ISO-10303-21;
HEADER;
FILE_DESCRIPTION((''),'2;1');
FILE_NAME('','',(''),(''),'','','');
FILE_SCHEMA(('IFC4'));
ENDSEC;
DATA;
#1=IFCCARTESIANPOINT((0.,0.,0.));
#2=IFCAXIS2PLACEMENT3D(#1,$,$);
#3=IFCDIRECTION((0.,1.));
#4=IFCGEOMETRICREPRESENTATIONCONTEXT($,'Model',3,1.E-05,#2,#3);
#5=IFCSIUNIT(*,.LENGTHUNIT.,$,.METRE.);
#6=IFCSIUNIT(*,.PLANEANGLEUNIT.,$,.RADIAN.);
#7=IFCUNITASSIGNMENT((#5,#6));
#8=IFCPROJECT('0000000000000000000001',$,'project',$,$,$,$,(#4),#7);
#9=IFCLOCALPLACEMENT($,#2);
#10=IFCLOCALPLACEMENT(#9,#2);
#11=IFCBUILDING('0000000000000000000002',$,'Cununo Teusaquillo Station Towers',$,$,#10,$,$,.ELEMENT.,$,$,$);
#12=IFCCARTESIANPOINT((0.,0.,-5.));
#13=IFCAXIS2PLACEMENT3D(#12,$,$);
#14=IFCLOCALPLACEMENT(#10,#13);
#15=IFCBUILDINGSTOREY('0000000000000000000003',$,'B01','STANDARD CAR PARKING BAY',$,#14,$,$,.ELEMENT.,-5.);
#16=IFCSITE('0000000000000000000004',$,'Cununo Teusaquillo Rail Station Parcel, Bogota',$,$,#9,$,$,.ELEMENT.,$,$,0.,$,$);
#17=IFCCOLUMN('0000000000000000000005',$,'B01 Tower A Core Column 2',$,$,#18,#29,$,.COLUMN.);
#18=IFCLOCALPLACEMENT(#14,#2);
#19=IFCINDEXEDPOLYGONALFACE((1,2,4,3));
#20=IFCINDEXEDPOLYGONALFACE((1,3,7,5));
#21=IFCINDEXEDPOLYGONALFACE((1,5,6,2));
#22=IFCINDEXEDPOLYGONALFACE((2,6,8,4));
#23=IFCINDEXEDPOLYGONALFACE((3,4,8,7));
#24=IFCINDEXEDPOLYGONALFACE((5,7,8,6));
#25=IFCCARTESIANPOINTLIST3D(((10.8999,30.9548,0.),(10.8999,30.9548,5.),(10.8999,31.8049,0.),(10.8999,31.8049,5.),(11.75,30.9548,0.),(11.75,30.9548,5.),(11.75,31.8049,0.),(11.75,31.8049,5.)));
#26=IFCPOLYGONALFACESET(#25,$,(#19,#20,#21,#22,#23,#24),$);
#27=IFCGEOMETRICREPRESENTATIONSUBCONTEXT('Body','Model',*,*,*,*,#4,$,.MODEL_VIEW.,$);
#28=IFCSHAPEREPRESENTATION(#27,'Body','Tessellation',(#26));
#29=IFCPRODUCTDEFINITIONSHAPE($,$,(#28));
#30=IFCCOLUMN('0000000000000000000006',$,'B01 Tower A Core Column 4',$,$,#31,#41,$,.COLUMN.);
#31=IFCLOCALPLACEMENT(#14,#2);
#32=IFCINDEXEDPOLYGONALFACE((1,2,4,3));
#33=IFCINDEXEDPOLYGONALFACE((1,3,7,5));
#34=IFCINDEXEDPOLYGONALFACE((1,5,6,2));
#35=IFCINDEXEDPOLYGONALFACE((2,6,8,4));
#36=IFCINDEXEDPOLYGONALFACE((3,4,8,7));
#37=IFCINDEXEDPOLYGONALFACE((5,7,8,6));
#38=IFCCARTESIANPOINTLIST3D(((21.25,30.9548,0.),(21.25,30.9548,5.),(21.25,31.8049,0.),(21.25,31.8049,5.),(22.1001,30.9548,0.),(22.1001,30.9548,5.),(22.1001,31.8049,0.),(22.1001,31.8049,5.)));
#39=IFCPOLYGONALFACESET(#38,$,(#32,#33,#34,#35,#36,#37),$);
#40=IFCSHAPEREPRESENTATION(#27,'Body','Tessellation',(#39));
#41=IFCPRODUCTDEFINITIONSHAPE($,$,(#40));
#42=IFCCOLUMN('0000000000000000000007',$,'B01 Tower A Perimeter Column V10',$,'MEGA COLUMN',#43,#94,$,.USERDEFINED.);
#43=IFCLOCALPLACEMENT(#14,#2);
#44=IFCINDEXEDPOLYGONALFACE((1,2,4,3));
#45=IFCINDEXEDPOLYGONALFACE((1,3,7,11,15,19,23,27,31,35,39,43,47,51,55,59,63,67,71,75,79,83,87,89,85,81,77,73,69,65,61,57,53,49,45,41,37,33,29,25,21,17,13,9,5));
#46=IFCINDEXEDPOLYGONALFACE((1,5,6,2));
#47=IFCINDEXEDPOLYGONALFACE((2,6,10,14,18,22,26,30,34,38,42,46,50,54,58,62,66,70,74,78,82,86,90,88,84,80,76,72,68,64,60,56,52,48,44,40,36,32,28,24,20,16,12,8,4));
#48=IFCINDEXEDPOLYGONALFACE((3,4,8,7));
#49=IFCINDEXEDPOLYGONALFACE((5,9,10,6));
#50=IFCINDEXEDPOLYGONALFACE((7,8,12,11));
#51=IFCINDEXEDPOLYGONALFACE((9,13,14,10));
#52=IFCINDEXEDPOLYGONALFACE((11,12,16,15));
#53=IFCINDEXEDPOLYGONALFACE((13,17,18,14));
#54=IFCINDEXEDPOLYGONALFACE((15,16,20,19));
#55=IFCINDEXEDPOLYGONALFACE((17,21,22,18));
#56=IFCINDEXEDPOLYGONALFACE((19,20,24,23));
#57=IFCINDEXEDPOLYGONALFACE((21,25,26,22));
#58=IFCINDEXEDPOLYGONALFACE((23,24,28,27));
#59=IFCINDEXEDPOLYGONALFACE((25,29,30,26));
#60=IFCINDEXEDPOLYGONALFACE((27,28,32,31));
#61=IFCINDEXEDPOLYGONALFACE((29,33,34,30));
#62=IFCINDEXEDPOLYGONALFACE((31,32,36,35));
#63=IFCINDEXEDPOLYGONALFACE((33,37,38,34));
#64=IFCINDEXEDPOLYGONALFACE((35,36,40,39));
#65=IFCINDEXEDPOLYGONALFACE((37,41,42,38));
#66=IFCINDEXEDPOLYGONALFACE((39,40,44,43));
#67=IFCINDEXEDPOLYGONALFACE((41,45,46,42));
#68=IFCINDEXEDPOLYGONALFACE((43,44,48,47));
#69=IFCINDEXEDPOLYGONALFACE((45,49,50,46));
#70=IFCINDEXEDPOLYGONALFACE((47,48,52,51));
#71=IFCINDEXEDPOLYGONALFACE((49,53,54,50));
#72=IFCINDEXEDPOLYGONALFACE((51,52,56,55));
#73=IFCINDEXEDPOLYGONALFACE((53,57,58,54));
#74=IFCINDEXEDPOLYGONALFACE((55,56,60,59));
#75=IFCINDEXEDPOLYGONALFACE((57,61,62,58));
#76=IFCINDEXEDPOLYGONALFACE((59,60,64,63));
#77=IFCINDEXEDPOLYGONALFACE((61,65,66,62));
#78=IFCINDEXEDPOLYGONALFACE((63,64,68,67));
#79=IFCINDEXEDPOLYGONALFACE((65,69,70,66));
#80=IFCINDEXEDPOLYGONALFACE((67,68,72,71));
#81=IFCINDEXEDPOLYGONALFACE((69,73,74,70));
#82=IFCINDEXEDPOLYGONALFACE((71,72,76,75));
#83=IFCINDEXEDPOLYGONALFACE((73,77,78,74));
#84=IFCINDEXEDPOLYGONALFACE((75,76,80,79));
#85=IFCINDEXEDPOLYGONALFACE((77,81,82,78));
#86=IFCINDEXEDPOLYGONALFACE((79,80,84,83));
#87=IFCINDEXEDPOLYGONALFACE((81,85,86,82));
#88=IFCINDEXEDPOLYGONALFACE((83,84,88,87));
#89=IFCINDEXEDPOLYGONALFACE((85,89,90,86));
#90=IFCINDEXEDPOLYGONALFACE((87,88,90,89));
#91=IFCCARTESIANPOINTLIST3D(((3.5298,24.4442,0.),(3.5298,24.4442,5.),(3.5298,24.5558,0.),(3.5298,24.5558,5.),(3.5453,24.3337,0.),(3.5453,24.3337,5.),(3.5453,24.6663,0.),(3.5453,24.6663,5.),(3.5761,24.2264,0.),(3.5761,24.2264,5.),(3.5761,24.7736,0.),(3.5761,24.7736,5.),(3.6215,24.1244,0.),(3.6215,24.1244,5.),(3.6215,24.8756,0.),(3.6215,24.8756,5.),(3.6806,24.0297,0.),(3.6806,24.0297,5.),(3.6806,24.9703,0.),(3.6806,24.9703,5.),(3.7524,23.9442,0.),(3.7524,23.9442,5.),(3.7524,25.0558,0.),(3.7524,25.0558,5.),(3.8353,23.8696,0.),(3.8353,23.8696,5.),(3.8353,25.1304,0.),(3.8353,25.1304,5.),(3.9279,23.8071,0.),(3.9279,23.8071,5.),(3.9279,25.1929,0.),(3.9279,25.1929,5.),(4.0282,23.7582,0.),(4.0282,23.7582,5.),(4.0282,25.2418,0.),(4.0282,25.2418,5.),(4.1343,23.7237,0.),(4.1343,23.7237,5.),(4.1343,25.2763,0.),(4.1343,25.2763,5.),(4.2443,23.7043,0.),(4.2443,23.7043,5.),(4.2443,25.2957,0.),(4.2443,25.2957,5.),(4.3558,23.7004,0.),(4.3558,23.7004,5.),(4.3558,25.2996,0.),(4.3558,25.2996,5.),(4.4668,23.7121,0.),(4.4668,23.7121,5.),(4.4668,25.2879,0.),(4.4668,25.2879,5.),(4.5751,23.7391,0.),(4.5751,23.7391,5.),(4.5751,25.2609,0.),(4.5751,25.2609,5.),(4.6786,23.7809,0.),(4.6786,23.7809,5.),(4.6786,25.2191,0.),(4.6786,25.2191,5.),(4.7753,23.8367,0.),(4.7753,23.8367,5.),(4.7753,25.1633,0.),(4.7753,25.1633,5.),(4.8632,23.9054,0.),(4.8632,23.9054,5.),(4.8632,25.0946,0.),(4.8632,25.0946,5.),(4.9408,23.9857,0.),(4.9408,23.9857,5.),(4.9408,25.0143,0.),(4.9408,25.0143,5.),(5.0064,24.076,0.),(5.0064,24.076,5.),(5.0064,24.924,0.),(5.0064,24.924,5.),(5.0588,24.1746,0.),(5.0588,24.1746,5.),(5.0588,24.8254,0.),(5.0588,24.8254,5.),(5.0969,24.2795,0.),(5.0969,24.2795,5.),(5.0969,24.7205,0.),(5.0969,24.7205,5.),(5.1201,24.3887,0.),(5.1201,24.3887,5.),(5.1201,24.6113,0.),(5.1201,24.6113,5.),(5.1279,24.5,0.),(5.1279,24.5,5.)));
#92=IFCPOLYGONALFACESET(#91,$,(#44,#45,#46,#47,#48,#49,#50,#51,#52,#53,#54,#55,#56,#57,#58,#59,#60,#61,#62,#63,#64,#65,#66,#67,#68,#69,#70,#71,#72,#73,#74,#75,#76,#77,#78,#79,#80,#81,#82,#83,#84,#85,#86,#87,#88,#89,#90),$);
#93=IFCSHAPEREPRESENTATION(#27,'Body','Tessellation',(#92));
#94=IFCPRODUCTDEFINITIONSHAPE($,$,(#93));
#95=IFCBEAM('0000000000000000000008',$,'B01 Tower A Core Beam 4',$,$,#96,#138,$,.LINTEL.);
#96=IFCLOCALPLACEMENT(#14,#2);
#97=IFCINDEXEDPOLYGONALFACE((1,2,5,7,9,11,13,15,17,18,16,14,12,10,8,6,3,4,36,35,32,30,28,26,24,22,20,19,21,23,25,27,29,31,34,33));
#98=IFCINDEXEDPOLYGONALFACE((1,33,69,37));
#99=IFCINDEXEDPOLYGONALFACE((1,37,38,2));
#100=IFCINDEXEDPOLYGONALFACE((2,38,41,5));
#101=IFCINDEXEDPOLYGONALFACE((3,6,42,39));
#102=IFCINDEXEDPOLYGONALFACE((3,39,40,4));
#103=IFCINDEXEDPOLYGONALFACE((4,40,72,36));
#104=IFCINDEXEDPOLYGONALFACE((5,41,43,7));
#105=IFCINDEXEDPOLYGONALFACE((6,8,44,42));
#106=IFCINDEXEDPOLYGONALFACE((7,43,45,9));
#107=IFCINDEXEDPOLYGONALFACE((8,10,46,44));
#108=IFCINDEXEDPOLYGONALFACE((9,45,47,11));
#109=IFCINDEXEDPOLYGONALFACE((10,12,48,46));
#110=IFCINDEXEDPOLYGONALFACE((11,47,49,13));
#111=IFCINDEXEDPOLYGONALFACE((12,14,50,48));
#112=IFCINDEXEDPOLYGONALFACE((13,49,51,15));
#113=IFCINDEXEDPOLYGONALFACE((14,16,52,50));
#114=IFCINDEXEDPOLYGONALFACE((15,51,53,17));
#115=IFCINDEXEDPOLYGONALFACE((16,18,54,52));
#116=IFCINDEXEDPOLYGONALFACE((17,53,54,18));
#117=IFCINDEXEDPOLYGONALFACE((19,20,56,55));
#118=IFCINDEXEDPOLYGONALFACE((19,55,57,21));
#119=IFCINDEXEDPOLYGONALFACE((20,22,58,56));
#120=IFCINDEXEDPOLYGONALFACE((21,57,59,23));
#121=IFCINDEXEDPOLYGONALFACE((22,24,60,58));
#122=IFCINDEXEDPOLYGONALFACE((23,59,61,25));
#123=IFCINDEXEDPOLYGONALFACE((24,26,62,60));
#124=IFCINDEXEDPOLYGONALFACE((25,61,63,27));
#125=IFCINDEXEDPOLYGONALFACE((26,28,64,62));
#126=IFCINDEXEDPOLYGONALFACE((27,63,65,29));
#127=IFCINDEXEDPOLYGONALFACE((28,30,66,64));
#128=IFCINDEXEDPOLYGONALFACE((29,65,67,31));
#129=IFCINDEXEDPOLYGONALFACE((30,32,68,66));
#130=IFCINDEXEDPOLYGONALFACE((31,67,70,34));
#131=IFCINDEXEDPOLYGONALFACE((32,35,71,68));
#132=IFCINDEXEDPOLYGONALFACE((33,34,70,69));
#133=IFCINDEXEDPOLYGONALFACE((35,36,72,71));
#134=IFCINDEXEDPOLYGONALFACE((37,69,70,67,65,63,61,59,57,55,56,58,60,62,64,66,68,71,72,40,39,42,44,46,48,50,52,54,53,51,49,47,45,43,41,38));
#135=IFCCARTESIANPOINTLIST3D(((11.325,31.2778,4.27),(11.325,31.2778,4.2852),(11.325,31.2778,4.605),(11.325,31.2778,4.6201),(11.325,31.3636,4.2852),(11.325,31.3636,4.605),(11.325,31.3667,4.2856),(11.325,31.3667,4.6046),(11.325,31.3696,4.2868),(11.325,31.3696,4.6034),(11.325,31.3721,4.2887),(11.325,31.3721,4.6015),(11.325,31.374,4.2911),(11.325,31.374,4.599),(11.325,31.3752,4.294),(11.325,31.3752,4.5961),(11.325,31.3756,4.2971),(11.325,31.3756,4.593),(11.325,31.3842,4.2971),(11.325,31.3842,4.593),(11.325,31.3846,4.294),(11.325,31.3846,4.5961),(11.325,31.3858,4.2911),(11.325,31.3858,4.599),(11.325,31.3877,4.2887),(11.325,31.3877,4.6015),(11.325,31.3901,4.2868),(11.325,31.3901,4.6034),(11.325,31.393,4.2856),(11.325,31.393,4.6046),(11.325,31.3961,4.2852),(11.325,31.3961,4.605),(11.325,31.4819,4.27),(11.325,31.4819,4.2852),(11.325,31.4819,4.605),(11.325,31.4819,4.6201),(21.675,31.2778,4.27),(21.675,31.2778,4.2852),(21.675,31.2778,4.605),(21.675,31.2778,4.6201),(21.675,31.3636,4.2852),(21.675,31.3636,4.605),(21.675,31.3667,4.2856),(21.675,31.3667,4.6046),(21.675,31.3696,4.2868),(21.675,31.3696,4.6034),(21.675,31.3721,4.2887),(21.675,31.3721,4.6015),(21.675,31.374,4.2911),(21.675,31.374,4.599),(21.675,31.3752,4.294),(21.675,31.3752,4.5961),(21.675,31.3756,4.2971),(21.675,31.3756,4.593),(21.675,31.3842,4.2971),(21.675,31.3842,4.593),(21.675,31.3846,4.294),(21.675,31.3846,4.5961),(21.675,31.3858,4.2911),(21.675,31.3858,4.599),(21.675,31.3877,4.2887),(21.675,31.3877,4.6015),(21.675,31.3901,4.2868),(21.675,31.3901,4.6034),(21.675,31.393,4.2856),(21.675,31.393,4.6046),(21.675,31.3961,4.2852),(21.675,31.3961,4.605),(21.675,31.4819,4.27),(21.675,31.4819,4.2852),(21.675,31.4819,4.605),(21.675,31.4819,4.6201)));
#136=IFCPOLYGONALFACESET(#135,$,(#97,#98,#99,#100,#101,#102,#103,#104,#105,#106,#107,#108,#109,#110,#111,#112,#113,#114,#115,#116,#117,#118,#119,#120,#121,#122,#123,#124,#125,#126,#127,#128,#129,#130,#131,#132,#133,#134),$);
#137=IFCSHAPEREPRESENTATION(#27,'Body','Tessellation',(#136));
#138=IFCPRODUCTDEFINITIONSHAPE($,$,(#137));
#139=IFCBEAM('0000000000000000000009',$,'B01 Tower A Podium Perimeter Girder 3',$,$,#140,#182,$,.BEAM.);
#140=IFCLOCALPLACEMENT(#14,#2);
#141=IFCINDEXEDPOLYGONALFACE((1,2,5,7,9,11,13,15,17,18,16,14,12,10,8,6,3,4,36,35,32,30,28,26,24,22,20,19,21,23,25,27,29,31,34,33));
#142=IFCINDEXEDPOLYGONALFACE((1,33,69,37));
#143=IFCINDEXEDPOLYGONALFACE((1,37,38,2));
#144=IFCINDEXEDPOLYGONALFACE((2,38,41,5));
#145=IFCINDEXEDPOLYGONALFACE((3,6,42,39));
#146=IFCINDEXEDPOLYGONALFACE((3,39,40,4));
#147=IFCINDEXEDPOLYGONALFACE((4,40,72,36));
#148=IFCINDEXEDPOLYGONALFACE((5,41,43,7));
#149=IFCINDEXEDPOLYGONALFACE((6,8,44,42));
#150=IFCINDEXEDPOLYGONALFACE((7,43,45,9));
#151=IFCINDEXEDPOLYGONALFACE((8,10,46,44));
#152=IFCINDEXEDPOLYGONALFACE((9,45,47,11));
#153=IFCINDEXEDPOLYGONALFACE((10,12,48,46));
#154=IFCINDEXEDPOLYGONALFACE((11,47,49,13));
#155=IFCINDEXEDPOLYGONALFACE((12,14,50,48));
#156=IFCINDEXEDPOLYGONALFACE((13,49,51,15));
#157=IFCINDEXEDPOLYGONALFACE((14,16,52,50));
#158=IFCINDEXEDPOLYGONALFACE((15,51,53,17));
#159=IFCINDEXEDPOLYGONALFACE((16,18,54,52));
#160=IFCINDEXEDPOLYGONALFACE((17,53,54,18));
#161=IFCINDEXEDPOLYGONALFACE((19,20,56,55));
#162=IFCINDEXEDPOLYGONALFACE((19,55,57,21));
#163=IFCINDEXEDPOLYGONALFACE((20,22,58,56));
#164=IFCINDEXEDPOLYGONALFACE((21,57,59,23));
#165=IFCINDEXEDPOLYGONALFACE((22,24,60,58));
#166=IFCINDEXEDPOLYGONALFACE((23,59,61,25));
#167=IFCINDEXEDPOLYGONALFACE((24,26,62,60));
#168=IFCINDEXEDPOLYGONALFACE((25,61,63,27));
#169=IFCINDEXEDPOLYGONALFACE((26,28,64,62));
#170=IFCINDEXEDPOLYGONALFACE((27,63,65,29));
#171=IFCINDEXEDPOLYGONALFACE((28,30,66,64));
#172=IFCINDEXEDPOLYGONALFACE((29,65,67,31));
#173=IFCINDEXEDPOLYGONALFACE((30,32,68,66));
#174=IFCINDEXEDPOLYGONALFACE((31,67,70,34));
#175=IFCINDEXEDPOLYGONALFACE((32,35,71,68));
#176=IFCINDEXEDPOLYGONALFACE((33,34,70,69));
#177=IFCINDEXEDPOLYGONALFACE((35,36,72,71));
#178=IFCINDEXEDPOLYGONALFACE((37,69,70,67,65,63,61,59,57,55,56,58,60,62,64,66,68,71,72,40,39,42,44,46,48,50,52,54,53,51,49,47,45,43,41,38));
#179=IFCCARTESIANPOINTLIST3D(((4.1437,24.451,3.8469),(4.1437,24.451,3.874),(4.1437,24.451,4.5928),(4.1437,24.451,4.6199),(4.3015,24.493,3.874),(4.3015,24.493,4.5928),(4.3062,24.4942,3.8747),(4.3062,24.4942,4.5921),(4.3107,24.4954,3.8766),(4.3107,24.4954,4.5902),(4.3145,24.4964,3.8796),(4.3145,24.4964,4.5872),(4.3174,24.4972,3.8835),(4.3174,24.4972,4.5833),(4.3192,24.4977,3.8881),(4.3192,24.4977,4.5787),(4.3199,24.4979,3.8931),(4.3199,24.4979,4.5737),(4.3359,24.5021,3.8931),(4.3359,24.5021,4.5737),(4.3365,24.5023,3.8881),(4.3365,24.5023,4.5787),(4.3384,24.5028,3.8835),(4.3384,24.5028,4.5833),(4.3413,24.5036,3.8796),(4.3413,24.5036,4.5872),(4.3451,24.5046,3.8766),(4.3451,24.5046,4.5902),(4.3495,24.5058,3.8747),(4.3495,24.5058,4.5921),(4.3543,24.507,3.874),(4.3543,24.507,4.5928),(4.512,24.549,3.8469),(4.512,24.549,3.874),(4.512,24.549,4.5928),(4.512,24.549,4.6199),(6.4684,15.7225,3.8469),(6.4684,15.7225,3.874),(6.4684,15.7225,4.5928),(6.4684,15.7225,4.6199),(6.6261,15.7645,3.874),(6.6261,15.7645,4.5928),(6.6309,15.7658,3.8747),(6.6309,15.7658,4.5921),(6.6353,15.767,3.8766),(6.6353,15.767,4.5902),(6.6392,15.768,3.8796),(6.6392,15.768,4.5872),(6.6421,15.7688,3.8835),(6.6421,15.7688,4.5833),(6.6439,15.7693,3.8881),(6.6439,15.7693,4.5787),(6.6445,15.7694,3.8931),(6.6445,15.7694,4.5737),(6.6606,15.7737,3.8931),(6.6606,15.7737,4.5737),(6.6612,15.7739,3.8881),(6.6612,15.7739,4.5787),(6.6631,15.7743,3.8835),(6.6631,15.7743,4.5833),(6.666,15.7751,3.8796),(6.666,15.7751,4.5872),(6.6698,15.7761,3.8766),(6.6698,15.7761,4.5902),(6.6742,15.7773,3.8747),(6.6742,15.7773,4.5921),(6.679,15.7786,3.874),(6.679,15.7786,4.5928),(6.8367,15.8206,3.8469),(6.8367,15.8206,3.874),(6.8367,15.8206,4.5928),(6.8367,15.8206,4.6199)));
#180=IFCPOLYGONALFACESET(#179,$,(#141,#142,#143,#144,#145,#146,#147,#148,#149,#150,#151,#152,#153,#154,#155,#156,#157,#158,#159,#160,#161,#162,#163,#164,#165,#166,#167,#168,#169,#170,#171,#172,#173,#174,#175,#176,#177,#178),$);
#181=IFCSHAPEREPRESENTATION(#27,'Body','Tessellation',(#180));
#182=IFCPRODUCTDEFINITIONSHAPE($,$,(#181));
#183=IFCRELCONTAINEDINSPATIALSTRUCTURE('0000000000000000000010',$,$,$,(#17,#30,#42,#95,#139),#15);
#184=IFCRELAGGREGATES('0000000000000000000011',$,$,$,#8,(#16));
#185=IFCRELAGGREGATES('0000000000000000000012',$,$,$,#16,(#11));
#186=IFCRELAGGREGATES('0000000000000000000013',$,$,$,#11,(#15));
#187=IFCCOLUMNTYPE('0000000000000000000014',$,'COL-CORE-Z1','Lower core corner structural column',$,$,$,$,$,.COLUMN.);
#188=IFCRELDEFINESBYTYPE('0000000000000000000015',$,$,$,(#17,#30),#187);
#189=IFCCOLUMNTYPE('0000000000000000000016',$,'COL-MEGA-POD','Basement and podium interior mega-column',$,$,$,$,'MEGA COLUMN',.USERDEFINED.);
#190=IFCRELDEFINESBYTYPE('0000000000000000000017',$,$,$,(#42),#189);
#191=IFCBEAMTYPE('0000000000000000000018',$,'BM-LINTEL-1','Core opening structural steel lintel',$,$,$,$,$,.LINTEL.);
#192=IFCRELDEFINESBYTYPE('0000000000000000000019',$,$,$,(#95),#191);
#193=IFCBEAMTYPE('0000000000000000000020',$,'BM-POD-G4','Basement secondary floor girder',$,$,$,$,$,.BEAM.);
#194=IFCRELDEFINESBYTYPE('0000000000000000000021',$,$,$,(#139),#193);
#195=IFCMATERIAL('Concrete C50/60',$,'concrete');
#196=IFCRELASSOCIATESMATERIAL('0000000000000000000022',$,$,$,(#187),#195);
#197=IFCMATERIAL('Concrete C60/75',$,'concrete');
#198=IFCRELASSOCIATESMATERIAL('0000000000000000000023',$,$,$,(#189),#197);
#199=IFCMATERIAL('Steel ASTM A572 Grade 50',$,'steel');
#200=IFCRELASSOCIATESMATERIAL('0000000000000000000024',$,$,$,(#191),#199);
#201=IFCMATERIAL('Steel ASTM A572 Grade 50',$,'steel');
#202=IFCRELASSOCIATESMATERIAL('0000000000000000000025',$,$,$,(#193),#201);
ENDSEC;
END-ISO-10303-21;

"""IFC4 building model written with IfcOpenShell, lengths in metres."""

from ifc_helpers import new_model, si_unit, direction, frame, origin, origin_2d, place, context, subcontext, project, spatial, rectangle, circle, i_section, extrude, material, material_profile, profile_set, type_object, element, save


model = new_model("IFC4")

# Units and contexts
model_context = context("Model", 3, precision=1e-05, world=origin(), true_north=direction((0.0, 1.0)))
body_context = subcontext(model_context, "Body", "Model", "MODEL_VIEW")
ifc_project = project(units=[si_unit("LENGTHUNIT", "METRE"), si_unit("PLANEANGLEUNIT", "RADIAN")], contexts=[model_context])

# Site, building, storey
site_placement = place(None, origin())
site = spatial("IfcSite", under=ifc_project, at=site_placement, Name="Cununo Teusaquillo Rail Station Parcel, Bogota", CompositionType="ELEMENT", RefElevation=0.0)
building_placement = place(site_placement, origin())
building = spatial("IfcBuilding", under=site, at=building_placement, Name="Cununo Teusaquillo Station Towers", CompositionType="ELEMENT")
storey_placement = place(building_placement, frame((0.0, 0.0, -5.0)))
storey = spatial("IfcBuildingStorey", under=building, at=storey_placement, Name="B01", Description="STANDARD CAR PARKING BAY", CompositionType="ELEMENT", Elevation=-5.0)

# Columns
ifc_material_1 = material(Name="Concrete C50/60", Category="concrete")
ifc_material_profile_1 = material_profile(ifc_material_1, rectangle(XDim=0.8501, YDim=0.8501, at=origin_2d()), Name="RC-RECT-850x850")
ifc_profile_set_1 = profile_set([ifc_material_profile_1], Name="Concrete C50/60")
column_type_1 = type_object("IfcColumnType", Name="COL-CORE-Z1", Description="Lower core corner structural column", PredefinedType="COLUMN", material=ifc_profile_set_1)
for number, where, z_axis, x_axis, name in (
    (1, (11.325, 31.3799, 0.0), (0.0, 0.0, 1.0), (1.0, 0.0, 0.0), "B01 Tower A Core Column 2"),
    (2, (21.675, 31.3799, 0.0), (0.0, 0.0, 1.0), (1.0, 0.0, 0.0), "B01 Tower A Core Column 4"),
):
    element("IfcColumn", number, at=place(storey_placement, frame(where, z_axis=z_axis, x_axis=x_axis)), inside=storey, type_object=column_type_1, Name=name, PredefinedType="COLUMN", context=body_context, shape_type="SweptSolid", body=[
        extrude(rectangle(XDim=0.8501, YDim=0.8501, at=origin_2d()), origin(), (0.0, 0.0, 1.0), 5.0),
    ])
ifc_material_2 = material(Name="Concrete C60/75", Category="concrete")
ifc_material_profile_2 = material_profile(ifc_material_2, circle(Radius=0.8, at=origin_2d()), Name="RC-CIRC-1600")
ifc_profile_set_2 = profile_set([ifc_material_profile_2], Name="Concrete C60/75")
column_type_2 = type_object("IfcColumnType", Name="COL-MEGA-POD", Description="Basement and podium interior mega-column", ElementType="MEGA COLUMN", PredefinedType="USERDEFINED", material=ifc_profile_set_2)
column_placement = place(storey_placement, frame((4.3279, 24.5, 0.0), z_axis=(0.0, 0.0, 1.0), x_axis=(1.0, 0.0, 0.0)))
element("IfcColumn", 3, at=column_placement, inside=storey, type_object=column_type_2, Name="B01 Tower A Perimeter Column V10", ObjectType="MEGA COLUMN", PredefinedType="USERDEFINED", context=body_context, shape_type="SweptSolid", body=[
    extrude(circle(Radius=0.8, at=origin_2d()), origin(), (0.0, 0.0, 1.0), 5.0),
])

# Beams
ifc_material_3 = material(Name="Steel ASTM A572 Grade 50", Category="steel")
ifc_material_profile_3 = material_profile(ifc_material_3, i_section(OverallWidth=0.2041, OverallDepth=0.3501, WebThickness=0.0085, FlangeThickness=0.0151, FilletRadius=0.012, at=origin_2d()), Name="W14X48")
ifc_profile_set_3 = profile_set([ifc_material_profile_3], Name="Steel ASTM A572 Grade 50")
beam_type_1 = type_object("IfcBeamType", Name="BM-LINTEL-1", Description="Core opening structural steel lintel", PredefinedType="LINTEL", material=ifc_profile_set_3)
beam_1_placement = place(storey_placement, frame((11.325, 31.3799, 4.4451), z_axis=(1.0, 0.0, 0.0), x_axis=(0.0, 1.0, 0.0)))
element("IfcBeam", 4, at=beam_1_placement, inside=storey, type_object=beam_type_1, Name="B01 Tower A Core Beam 4", PredefinedType="LINTEL", context=body_context, shape_type="SweptSolid", body=[
    extrude(i_section(OverallWidth=0.2041, OverallDepth=0.3501, WebThickness=0.0085, FlangeThickness=0.0151, FilletRadius=0.012, at=origin_2d()), origin(), (0.0, 0.0, 1.0), 10.3501),
])
ifc_material_4 = material(Name="Steel ASTM A572 Grade 50", Category="steel")
ifc_material_profile_4 = material_profile(ifc_material_4, i_section(OverallWidth=0.3811, OverallDepth=0.7729, WebThickness=0.0166, FlangeThickness=0.0271, FilletRadius=0.019, at=origin_2d()), Name="W30X173")
ifc_profile_set_4 = profile_set([ifc_material_profile_4], Name="Steel ASTM A572 Grade 50")
beam_type_2 = type_object("IfcBeamType", Name="BM-POD-G4", Description="Basement secondary floor girder", PredefinedType="BEAM", material=ifc_profile_set_4)
beam_2_placement = place(storey_placement, frame((4.3279, 24.5, 4.2334), z_axis=(0.257363, -0.966315, 0.0), x_axis=(0.966315, 0.257363, 0.0)))
element("IfcBeam", 5, at=beam_2_placement, inside=storey, type_object=beam_type_2, Name="B01 Tower A Podium Perimeter Girder 3", PredefinedType="BEAM", context=body_context, shape_type="SweptSolid", body=[
    extrude(i_section(OverallWidth=0.3811, OverallDepth=0.7729, WebThickness=0.0166, FlangeThickness=0.0271, FilletRadius=0.019, at=origin_2d()), origin(), (0.0, 0.0, 1.0), 9.0327),
])

save(model, "model.ifc")
